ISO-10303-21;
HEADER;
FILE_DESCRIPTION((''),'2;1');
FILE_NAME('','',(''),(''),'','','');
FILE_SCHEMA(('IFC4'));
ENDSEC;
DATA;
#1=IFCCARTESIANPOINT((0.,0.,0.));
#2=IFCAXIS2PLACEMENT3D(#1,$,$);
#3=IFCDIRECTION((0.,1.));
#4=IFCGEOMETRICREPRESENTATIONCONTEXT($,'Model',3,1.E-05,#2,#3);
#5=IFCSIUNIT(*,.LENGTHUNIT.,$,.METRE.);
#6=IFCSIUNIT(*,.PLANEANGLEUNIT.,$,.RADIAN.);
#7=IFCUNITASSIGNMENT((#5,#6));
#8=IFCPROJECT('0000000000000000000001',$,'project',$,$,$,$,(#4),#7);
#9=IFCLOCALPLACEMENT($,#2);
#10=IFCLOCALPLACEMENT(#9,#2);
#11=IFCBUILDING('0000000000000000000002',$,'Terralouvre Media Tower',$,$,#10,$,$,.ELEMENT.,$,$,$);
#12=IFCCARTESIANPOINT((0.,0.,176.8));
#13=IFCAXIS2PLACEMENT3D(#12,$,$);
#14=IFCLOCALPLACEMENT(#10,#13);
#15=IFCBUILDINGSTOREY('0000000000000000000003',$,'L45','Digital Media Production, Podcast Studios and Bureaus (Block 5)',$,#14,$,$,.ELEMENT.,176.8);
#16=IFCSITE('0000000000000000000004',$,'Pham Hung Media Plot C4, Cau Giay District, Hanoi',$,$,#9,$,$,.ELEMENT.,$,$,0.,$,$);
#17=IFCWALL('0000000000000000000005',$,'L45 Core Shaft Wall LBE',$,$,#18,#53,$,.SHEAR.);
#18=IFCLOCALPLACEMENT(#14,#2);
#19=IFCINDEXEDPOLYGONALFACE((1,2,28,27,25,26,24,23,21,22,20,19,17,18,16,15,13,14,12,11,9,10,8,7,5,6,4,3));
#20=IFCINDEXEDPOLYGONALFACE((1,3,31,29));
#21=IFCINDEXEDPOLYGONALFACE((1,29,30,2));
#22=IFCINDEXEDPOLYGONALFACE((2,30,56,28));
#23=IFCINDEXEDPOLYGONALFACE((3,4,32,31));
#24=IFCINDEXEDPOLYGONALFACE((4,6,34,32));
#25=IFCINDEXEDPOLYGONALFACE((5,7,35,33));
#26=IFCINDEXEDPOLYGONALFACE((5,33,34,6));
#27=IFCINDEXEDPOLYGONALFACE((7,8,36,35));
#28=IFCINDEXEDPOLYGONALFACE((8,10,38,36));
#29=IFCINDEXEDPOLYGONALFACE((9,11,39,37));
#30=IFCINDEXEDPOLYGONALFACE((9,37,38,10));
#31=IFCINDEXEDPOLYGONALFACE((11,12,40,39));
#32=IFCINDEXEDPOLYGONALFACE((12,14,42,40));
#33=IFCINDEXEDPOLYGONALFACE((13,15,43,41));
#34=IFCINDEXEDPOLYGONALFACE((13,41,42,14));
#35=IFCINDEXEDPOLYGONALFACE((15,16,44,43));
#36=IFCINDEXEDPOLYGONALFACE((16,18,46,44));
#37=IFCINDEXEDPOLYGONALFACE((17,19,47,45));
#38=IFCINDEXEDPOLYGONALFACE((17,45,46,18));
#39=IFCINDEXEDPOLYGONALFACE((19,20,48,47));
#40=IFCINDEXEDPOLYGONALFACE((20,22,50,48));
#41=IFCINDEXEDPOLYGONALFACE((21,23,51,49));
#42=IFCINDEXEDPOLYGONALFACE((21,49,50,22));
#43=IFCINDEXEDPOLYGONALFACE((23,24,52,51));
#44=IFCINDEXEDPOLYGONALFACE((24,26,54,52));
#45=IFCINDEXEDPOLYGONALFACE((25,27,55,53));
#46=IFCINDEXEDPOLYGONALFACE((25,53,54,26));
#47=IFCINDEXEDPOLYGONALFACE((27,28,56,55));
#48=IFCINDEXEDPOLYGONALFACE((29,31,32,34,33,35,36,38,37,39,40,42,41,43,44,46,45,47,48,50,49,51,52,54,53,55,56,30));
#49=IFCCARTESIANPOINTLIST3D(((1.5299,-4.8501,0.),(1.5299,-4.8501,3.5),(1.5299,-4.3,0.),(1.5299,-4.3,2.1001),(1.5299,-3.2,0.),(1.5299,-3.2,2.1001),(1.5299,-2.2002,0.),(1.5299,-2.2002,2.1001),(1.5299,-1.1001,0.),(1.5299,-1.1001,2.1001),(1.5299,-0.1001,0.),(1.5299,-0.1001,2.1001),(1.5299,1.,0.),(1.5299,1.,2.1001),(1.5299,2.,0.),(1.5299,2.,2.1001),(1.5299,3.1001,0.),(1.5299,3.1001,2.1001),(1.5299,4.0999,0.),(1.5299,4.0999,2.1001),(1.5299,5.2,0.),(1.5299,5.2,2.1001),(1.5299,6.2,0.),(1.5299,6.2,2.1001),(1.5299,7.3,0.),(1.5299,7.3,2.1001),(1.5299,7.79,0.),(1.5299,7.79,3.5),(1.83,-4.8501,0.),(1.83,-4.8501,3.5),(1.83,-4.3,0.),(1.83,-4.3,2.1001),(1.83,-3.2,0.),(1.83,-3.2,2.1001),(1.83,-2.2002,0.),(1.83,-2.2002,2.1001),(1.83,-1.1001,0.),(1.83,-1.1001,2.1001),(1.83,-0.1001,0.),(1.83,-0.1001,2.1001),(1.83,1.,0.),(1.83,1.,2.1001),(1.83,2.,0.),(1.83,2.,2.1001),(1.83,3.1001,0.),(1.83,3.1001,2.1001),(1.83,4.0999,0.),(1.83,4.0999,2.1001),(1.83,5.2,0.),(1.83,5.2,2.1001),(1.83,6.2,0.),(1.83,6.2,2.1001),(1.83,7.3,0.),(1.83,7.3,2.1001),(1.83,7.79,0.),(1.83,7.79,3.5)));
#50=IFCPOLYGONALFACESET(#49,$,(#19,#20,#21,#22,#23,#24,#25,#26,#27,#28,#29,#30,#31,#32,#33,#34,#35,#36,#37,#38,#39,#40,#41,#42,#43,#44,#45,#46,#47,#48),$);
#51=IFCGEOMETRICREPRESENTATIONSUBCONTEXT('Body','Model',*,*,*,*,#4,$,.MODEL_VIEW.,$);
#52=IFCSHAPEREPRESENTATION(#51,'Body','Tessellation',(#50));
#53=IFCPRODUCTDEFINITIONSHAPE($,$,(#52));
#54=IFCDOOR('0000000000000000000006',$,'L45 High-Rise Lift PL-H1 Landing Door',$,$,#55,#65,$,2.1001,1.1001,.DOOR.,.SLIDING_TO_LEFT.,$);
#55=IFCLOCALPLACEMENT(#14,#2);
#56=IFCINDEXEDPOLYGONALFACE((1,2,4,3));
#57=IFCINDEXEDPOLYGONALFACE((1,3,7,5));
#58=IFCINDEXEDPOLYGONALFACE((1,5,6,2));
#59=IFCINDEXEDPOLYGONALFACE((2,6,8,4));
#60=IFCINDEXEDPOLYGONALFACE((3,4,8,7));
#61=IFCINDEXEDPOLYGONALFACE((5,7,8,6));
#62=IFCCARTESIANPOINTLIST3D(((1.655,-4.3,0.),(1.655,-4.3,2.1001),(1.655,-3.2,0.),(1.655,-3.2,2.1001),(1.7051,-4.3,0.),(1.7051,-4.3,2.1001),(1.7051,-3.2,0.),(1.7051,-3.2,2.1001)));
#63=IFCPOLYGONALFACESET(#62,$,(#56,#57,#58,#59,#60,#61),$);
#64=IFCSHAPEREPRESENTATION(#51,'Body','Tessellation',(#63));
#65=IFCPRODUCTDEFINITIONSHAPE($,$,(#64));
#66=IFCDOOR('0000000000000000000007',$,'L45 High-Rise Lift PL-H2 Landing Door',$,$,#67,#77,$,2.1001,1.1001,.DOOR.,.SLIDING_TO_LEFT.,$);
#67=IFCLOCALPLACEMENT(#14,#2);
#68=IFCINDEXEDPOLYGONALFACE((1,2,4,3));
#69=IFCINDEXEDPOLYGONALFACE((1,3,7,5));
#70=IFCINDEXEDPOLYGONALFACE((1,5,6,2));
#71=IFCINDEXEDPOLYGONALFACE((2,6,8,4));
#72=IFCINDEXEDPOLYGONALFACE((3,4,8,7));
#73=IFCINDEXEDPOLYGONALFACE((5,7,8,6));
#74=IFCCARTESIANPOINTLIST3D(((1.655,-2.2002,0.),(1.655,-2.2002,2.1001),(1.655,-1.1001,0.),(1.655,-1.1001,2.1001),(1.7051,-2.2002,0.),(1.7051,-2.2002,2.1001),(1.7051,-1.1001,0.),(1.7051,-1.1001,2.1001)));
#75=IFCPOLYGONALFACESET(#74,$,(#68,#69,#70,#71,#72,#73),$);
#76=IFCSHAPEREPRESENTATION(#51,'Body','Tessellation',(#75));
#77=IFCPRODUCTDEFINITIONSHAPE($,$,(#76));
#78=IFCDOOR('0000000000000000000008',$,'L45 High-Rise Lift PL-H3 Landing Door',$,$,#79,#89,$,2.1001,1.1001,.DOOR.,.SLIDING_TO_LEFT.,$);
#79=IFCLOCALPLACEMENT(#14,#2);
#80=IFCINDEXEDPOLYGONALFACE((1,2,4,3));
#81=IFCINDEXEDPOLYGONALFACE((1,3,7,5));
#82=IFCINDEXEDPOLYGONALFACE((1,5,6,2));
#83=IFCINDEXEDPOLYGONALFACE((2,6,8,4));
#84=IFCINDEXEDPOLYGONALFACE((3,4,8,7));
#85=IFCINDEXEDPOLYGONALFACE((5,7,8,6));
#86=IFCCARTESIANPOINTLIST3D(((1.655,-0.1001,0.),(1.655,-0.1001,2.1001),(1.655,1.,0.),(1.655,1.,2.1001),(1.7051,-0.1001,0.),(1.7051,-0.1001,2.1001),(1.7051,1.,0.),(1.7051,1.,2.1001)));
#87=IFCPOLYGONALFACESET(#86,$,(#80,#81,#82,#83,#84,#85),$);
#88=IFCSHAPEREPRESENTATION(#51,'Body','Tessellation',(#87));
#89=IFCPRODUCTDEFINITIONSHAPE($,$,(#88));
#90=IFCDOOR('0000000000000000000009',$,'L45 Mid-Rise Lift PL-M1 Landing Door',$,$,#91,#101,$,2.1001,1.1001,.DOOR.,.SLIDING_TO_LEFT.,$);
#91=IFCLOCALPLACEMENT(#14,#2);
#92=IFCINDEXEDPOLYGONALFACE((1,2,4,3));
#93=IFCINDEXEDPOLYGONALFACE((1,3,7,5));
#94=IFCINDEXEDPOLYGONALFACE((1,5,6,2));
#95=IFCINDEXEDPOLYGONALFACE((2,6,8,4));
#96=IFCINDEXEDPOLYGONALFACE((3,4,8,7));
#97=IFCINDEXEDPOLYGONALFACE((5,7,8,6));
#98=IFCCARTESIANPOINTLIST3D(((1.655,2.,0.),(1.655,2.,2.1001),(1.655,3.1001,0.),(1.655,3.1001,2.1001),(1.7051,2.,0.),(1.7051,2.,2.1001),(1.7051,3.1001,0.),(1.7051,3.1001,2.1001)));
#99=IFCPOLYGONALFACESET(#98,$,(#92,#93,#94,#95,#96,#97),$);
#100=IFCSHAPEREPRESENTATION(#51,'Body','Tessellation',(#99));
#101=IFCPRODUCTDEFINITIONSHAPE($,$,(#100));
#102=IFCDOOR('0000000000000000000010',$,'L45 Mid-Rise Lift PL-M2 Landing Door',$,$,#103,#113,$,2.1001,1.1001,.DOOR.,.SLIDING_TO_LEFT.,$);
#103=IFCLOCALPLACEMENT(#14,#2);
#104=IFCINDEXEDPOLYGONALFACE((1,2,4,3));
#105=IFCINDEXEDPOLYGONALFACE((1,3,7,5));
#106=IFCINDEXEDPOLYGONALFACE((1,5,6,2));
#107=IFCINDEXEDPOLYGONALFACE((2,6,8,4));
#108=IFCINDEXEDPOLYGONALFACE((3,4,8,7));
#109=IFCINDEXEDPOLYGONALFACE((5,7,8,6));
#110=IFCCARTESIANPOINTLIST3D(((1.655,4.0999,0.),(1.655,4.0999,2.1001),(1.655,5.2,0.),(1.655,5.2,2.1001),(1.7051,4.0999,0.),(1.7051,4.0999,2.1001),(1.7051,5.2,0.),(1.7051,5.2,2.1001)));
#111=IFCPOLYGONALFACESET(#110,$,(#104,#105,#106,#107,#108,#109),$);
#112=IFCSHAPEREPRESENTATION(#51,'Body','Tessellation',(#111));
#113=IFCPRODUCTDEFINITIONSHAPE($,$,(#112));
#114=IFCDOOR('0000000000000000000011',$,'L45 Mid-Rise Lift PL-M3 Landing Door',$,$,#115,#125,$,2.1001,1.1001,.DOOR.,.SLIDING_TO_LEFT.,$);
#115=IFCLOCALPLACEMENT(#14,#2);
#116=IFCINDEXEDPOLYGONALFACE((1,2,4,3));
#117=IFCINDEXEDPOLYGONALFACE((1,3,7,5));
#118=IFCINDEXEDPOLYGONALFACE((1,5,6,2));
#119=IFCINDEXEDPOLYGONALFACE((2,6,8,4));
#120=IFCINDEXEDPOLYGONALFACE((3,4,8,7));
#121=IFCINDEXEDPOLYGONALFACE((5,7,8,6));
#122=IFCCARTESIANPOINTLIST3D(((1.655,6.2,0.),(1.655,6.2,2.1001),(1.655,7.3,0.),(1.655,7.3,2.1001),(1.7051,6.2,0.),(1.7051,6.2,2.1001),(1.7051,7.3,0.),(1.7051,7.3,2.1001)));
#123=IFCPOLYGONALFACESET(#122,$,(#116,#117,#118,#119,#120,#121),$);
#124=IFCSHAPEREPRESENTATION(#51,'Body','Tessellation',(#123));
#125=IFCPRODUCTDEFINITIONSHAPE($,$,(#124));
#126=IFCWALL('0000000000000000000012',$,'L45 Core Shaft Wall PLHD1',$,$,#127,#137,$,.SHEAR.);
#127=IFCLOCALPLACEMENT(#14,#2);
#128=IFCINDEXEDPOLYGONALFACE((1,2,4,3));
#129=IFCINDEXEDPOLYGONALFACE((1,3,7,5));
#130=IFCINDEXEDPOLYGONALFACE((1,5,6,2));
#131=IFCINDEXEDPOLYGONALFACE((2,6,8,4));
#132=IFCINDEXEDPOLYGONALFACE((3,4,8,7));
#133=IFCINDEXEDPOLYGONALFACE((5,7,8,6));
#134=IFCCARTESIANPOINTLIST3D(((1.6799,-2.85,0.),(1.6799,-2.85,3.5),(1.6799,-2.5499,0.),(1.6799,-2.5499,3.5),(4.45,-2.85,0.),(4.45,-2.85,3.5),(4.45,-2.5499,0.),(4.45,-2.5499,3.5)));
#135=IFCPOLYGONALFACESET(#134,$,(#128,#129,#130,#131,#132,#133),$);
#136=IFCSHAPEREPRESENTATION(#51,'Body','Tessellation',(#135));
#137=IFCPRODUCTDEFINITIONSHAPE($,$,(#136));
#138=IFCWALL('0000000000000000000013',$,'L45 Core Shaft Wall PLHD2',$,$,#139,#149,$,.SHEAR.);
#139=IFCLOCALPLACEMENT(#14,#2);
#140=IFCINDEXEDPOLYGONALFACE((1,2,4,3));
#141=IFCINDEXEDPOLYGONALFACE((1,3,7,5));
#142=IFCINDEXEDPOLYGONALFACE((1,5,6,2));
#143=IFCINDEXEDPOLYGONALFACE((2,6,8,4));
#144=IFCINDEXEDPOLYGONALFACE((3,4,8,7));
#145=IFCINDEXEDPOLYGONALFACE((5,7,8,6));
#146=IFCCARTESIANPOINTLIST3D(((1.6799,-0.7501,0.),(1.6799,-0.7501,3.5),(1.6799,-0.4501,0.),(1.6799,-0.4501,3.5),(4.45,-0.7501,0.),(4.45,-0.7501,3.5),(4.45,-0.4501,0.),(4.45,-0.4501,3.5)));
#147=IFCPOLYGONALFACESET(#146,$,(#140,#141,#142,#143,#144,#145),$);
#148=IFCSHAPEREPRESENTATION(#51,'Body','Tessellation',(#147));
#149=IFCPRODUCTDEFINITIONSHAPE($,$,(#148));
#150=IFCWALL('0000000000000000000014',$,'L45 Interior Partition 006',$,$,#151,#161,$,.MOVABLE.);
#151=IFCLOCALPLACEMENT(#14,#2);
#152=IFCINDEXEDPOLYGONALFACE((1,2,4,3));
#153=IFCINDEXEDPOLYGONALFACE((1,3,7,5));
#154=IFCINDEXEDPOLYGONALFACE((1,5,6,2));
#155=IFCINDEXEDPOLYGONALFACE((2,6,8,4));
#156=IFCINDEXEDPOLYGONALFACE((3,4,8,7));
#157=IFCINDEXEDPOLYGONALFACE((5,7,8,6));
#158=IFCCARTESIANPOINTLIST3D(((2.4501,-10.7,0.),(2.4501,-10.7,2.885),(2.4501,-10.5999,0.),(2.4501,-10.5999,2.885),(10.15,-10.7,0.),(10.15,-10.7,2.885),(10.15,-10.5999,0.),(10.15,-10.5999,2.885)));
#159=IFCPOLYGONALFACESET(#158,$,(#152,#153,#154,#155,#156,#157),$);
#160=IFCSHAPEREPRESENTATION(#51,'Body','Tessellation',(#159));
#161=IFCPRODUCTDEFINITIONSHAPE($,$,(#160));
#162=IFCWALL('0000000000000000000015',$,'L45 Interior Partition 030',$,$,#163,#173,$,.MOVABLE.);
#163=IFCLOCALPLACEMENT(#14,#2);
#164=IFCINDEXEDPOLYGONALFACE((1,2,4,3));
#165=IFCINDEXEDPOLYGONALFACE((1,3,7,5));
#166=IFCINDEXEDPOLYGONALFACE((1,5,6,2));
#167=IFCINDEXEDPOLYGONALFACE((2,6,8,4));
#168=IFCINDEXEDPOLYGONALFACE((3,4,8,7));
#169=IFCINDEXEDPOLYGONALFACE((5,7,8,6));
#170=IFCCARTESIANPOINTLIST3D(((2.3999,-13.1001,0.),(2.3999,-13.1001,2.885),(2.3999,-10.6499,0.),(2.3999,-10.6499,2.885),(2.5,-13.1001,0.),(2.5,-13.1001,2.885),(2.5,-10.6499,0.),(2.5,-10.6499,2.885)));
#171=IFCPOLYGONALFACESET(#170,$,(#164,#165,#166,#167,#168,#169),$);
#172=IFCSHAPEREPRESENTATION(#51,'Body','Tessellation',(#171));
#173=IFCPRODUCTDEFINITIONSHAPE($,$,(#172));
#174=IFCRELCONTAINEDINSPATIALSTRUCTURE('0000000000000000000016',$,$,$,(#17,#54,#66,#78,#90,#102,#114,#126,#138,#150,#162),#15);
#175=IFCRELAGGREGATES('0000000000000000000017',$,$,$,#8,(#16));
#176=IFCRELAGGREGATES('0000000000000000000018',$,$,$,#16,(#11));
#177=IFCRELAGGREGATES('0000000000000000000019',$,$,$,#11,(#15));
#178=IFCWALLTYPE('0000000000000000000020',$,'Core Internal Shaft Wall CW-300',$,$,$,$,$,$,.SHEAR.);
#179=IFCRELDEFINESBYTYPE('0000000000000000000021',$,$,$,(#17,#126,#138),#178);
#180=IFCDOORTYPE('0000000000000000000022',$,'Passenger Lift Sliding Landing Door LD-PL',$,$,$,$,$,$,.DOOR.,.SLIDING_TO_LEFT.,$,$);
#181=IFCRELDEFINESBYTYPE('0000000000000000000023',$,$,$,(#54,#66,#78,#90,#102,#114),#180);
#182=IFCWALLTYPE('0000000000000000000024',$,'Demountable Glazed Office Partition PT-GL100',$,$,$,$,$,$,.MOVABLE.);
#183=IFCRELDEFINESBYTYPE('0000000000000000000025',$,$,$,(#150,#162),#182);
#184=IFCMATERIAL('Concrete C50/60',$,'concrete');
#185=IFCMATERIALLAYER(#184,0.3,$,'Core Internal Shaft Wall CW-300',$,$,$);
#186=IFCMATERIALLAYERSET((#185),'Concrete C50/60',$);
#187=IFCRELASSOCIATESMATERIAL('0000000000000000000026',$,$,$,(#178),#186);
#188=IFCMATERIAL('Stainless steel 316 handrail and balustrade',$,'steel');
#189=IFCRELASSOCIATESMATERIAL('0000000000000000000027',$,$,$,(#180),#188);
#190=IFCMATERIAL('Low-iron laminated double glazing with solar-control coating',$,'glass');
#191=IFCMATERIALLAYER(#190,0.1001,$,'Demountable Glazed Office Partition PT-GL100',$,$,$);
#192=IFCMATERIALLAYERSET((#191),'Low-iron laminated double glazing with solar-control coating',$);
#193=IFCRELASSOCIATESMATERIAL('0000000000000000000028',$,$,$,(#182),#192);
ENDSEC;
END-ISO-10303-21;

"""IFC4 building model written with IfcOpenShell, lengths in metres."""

from ifc_helpers import new_model, si_unit, direction, frame, frame_2d, origin, place, context, subcontext, project, spatial, rectangle, extrude, material, layer, layer_set, type_object, element, fill, save


model = new_model("IFC4")

# Units and contexts
model_context = context("Model", 3, precision=1e-05, world=origin(), true_north=direction((0.0, 1.0)))
body_context = subcontext(model_context, "Body", "Model", "MODEL_VIEW")
ifc_project = project(units=[si_unit("LENGTHUNIT", "METRE"), si_unit("PLANEANGLEUNIT", "RADIAN")], contexts=[model_context])

# Site, building, storey
site_placement = place(None, origin())
site = spatial("IfcSite", under=ifc_project, at=site_placement, Name="Pham Hung Media Plot C4, Cau Giay District, Hanoi", CompositionType="ELEMENT", RefElevation=0.0)
building_placement = place(site_placement, origin())
building = spatial("IfcBuilding", under=site, at=building_placement, Name="Terralouvre Media Tower", CompositionType="ELEMENT")
storey_placement = place(building_placement, frame((0.0, 0.0, 176.8)))
storey = spatial("IfcBuildingStorey", under=building, at=storey_placement, Name="L45", Description="Digital Media Production, Podcast Studios and Bureaus (Block 5)", CompositionType="ELEMENT", Elevation=176.8)

# Shared definitions
ifc_material_1 = material(Name="Concrete C50/60", Category="concrete")
ifc_layer_1 = layer(ifc_material_1, 0.3, Name="Core Internal Shaft Wall CW-300")
ifc_layer_set_1 = layer_set([ifc_layer_1], Name="Concrete C50/60")
wall_type_1 = type_object("IfcWallType", Name="Core Internal Shaft Wall CW-300", PredefinedType="SHEAR", material=ifc_layer_set_1)

# Wall, openings, doors
wall_1_placement = place(storey_placement, frame((1.6799, -4.8501, 0.0), z_axis=(0.0, 0.0, 1.0), x_axis=(0.0, 1.0, 0.0)))
wall_1 = element("IfcWall", 1, at=wall_1_placement, inside=storey, type_object=wall_type_1, Name="L45 Core Shaft Wall LBE", PredefinedType="SHEAR", context=body_context, shape_type="SweptSolid", body=[
    extrude(rectangle(XDim=12.6401, YDim=0.3, at=frame_2d((6.3201, 0.0))), origin(), (0.0, 0.0, 1.0), 3.5),
])
opening_1_placement = place(wall_1_placement, frame((0.55, 0.0, 0.0)))
opening_1 = element("IfcOpeningElement", 2, at=opening_1_placement, cuts=wall_1, PredefinedType="OPENING", context=body_context, shape_type="SweptSolid", body=[
    extrude(rectangle(XDim=1.1001, YDim=2.1001, at=frame_2d((0.55, 1.05))), frame((0.0, 0.1599, 0.0), z_axis=(0.0, -1.0, 0.0), x_axis=(1.0, 0.0, 0.0)), (0.0, 0.0, 1.0), 0.3201),
])
opening_2_placement = place(wall_1_placement, frame((2.6499, 0.0, 0.0)))
opening_2 = element("IfcOpeningElement", 3, at=opening_2_placement, cuts=wall_1, PredefinedType="OPENING", context=body_context, shape_type="SweptSolid", body=[
    extrude(rectangle(XDim=1.1001, YDim=2.1001, at=frame_2d((0.55, 1.05))), frame((0.0, 0.1599, 0.0), z_axis=(0.0, -1.0, 0.0), x_axis=(1.0, 0.0, 0.0)), (0.0, 0.0, 1.0), 0.3201),
])
opening_3_placement = place(wall_1_placement, frame((4.75, 0.0, 0.0)))
opening_3 = element("IfcOpeningElement", 4, at=opening_3_placement, cuts=wall_1, PredefinedType="OPENING", context=body_context, shape_type="SweptSolid", body=[
    extrude(rectangle(XDim=1.1001, YDim=2.1001, at=frame_2d((0.55, 1.05))), frame((0.0, 0.1599, 0.0), z_axis=(0.0, -1.0, 0.0), x_axis=(1.0, 0.0, 0.0)), (0.0, 0.0, 1.0), 0.3201),
])
opening_4_placement = place(wall_1_placement, frame((6.8501, 0.0, 0.0)))
opening_4 = element("IfcOpeningElement", 5, at=opening_4_placement, cuts=wall_1, PredefinedType="OPENING", context=body_context, shape_type="SweptSolid", body=[
    extrude(rectangle(XDim=1.1001, YDim=2.1001, at=frame_2d((0.55, 1.05))), frame((0.0, 0.1599, 0.0), z_axis=(0.0, -1.0, 0.0), x_axis=(1.0, 0.0, 0.0)), (0.0, 0.0, 1.0), 0.3201),
])
opening_5_placement = place(wall_1_placement, frame((8.95, 0.0, 0.0)))
opening_5 = element("IfcOpeningElement", 6, at=opening_5_placement, cuts=wall_1, PredefinedType="OPENING", context=body_context, shape_type="SweptSolid", body=[
    extrude(rectangle(XDim=1.1001, YDim=2.1001, at=frame_2d((0.55, 1.05))), frame((0.0, 0.1599, 0.0), z_axis=(0.0, -1.0, 0.0), x_axis=(1.0, 0.0, 0.0)), (0.0, 0.0, 1.0), 0.3201),
])
opening_6_placement = place(wall_1_placement, frame((11.05, 0.0, 0.0)))
opening_6 = element("IfcOpeningElement", 7, at=opening_6_placement, cuts=wall_1, PredefinedType="OPENING", context=body_context, shape_type="SweptSolid", body=[
    extrude(rectangle(XDim=1.1001, YDim=2.1001, at=frame_2d((0.55, 1.05))), frame((0.0, 0.1599, 0.0), z_axis=(0.0, -1.0, 0.0), x_axis=(1.0, 0.0, 0.0)), (0.0, 0.0, 1.0), 0.3201),
])
ifc_material_2 = material(Name="Stainless steel 316 handrail and balustrade", Category="steel")
door_type_1 = type_object("IfcDoorType", Name="Passenger Lift Sliding Landing Door LD-PL", OperationType="SLIDING_TO_LEFT", PredefinedType="DOOR", material=ifc_material_2)
door_1_placement = place(opening_1_placement, origin())
door_1 = element("IfcDoor", 8, at=door_1_placement, inside=storey, type_object=door_type_1, Name="L45 High-Rise Lift PL-H1 Landing Door", OperationType="SLIDING_TO_LEFT", OverallHeight=2.1001, OverallWidth=1.1001, PredefinedType="DOOR", context=body_context, shape_type="SweptSolid", body=[
    extrude(rectangle(XDim=1.1001, YDim=2.1001, at=frame_2d((0.55, 1.05))), frame((0.0, 0.0249, 0.0), z_axis=(0.0, -1.0, 0.0), x_axis=(1.0, 0.0, 0.0)), (0.0, 0.0, 1.0), 0.05),
])
fill(opening_1, door_1)
door_2_placement = place(opening_2_placement, origin())
door_2 = element("IfcDoor", 9, at=door_2_placement, inside=storey, type_object=door_type_1, Name="L45 High-Rise Lift PL-H2 Landing Door", OperationType="SLIDING_TO_LEFT", OverallHeight=2.1001, OverallWidth=1.1001, PredefinedType="DOOR", context=body_context, shape_type="SweptSolid", body=[
    extrude(rectangle(XDim=1.1001, YDim=2.1001, at=frame_2d((0.55, 1.05))), frame((0.0, 0.0249, 0.0), z_axis=(0.0, -1.0, 0.0), x_axis=(1.0, 0.0, 0.0)), (0.0, 0.0, 1.0), 0.05),
])
fill(opening_2, door_2)
door_3_placement = place(opening_3_placement, origin())
door_3 = element("IfcDoor", 10, at=door_3_placement, inside=storey, type_object=door_type_1, Name="L45 High-Rise Lift PL-H3 Landing Door", OperationType="SLIDING_TO_LEFT", OverallHeight=2.1001, OverallWidth=1.1001, PredefinedType="DOOR", context=body_context, shape_type="SweptSolid", body=[
    extrude(rectangle(XDim=1.1001, YDim=2.1001, at=frame_2d((0.55, 1.05))), frame((0.0, 0.0249, 0.0), z_axis=(0.0, -1.0, 0.0), x_axis=(1.0, 0.0, 0.0)), (0.0, 0.0, 1.0), 0.05),
])
fill(opening_3, door_3)
door_4_placement = place(opening_4_placement, origin())
door_4 = element("IfcDoor", 11, at=door_4_placement, inside=storey, type_object=door_type_1, Name="L45 Mid-Rise Lift PL-M1 Landing Door", OperationType="SLIDING_TO_LEFT", OverallHeight=2.1001, OverallWidth=1.1001, PredefinedType="DOOR", context=body_context, shape_type="SweptSolid", body=[
    extrude(rectangle(XDim=1.1001, YDim=2.1001, at=frame_2d((0.55, 1.05))), frame((0.0, 0.0249, 0.0), z_axis=(0.0, -1.0, 0.0), x_axis=(1.0, 0.0, 0.0)), (0.0, 0.0, 1.0), 0.05),
])
fill(opening_4, door_4)
door_5_placement = place(opening_5_placement, origin())
door_5 = element("IfcDoor", 12, at=door_5_placement, inside=storey, type_object=door_type_1, Name="L45 Mid-Rise Lift PL-M2 Landing Door", OperationType="SLIDING_TO_LEFT", OverallHeight=2.1001, OverallWidth=1.1001, PredefinedType="DOOR", context=body_context, shape_type="SweptSolid", body=[
    extrude(rectangle(XDim=1.1001, YDim=2.1001, at=frame_2d((0.55, 1.05))), frame((0.0, 0.0249, 0.0), z_axis=(0.0, -1.0, 0.0), x_axis=(1.0, 0.0, 0.0)), (0.0, 0.0, 1.0), 0.05),
])
fill(opening_5, door_5)
door_6_placement = place(opening_6_placement, origin())
door_6 = element("IfcDoor", 13, at=door_6_placement, inside=storey, type_object=door_type_1, Name="L45 Mid-Rise Lift PL-M3 Landing Door", OperationType="SLIDING_TO_LEFT", OverallHeight=2.1001, OverallWidth=1.1001, PredefinedType="DOOR", context=body_context, shape_type="SweptSolid", body=[
    extrude(rectangle(XDim=1.1001, YDim=2.1001, at=frame_2d((0.55, 1.05))), frame((0.0, 0.0249, 0.0), z_axis=(0.0, -1.0, 0.0), x_axis=(1.0, 0.0, 0.0)), (0.0, 0.0, 1.0), 0.05),
])
fill(opening_6, door_6)

# Walls
for number, where, z_axis, x_axis, name in (
    (14, (1.6799, -2.7, 0.0), (0.0, 0.0, 1.0), (1.0, 0.0, 0.0), "L45 Core Shaft Wall PLHD1"),
    (15, (1.6799, -0.6001, 0.0), (0.0, 0.0, 1.0), (1.0, 0.0, 0.0), "L45 Core Shaft Wall PLHD2"),
):
    element("IfcWall", number, at=place(storey_placement, frame(where, z_axis=z_axis, x_axis=x_axis)), inside=storey, type_object=wall_type_1, Name=name, PredefinedType="SHEAR", context=body_context, shape_type="SweptSolid", body=[
        extrude(rectangle(XDim=2.77, YDim=0.3, at=frame_2d((1.385, 0.0))), origin(), (0.0, 0.0, 1.0), 3.5),
    ])
ifc_material_3 = material(Name="Low-iron laminated double glazing with solar-control coating", Category="glass")
ifc_layer_2 = layer(ifc_material_3, 0.1001, Name="Demountable Glazed Office Partition PT-GL100")
ifc_layer_set_2 = layer_set([ifc_layer_2], Name="Low-iron laminated double glazing with solar-control coating")
wall_type_2 = type_object("IfcWallType", Name="Demountable Glazed Office Partition PT-GL100", PredefinedType="MOVABLE", material=ifc_layer_set_2)
wall_2_placement = place(storey_placement, frame((2.45, -10.6499, 0.0), z_axis=(0.0, 0.0, 1.0), x_axis=(1.0, 0.0, 0.0)))
element("IfcWall", 16, at=wall_2_placement, inside=storey, type_object=wall_type_2, Name="L45 Interior Partition 006", PredefinedType="MOVABLE", context=body_context, shape_type="SweptSolid", body=[
    extrude(rectangle(XDim=7.7, YDim=0.1001, at=frame_2d((3.8501, 0.0))), origin(), (0.0, 0.0, 1.0), 2.885),
])
wall_3_placement = place(storey_placement, frame((2.45, -10.6499, 0.0), z_axis=(0.0, 0.0, 1.0), x_axis=(0.0, -1.0, 0.0)))
element("IfcWall", 17, at=wall_3_placement, inside=storey, type_object=wall_type_2, Name="L45 Interior Partition 030", PredefinedType="MOVABLE", context=body_context, shape_type="SweptSolid", body=[
    extrude(rectangle(XDim=2.4502, YDim=0.1001, at=frame_2d((1.2251, 0.0))), origin(), (0.0, 0.0, 1.0), 2.885),
])

save(model, "model.ifc")
